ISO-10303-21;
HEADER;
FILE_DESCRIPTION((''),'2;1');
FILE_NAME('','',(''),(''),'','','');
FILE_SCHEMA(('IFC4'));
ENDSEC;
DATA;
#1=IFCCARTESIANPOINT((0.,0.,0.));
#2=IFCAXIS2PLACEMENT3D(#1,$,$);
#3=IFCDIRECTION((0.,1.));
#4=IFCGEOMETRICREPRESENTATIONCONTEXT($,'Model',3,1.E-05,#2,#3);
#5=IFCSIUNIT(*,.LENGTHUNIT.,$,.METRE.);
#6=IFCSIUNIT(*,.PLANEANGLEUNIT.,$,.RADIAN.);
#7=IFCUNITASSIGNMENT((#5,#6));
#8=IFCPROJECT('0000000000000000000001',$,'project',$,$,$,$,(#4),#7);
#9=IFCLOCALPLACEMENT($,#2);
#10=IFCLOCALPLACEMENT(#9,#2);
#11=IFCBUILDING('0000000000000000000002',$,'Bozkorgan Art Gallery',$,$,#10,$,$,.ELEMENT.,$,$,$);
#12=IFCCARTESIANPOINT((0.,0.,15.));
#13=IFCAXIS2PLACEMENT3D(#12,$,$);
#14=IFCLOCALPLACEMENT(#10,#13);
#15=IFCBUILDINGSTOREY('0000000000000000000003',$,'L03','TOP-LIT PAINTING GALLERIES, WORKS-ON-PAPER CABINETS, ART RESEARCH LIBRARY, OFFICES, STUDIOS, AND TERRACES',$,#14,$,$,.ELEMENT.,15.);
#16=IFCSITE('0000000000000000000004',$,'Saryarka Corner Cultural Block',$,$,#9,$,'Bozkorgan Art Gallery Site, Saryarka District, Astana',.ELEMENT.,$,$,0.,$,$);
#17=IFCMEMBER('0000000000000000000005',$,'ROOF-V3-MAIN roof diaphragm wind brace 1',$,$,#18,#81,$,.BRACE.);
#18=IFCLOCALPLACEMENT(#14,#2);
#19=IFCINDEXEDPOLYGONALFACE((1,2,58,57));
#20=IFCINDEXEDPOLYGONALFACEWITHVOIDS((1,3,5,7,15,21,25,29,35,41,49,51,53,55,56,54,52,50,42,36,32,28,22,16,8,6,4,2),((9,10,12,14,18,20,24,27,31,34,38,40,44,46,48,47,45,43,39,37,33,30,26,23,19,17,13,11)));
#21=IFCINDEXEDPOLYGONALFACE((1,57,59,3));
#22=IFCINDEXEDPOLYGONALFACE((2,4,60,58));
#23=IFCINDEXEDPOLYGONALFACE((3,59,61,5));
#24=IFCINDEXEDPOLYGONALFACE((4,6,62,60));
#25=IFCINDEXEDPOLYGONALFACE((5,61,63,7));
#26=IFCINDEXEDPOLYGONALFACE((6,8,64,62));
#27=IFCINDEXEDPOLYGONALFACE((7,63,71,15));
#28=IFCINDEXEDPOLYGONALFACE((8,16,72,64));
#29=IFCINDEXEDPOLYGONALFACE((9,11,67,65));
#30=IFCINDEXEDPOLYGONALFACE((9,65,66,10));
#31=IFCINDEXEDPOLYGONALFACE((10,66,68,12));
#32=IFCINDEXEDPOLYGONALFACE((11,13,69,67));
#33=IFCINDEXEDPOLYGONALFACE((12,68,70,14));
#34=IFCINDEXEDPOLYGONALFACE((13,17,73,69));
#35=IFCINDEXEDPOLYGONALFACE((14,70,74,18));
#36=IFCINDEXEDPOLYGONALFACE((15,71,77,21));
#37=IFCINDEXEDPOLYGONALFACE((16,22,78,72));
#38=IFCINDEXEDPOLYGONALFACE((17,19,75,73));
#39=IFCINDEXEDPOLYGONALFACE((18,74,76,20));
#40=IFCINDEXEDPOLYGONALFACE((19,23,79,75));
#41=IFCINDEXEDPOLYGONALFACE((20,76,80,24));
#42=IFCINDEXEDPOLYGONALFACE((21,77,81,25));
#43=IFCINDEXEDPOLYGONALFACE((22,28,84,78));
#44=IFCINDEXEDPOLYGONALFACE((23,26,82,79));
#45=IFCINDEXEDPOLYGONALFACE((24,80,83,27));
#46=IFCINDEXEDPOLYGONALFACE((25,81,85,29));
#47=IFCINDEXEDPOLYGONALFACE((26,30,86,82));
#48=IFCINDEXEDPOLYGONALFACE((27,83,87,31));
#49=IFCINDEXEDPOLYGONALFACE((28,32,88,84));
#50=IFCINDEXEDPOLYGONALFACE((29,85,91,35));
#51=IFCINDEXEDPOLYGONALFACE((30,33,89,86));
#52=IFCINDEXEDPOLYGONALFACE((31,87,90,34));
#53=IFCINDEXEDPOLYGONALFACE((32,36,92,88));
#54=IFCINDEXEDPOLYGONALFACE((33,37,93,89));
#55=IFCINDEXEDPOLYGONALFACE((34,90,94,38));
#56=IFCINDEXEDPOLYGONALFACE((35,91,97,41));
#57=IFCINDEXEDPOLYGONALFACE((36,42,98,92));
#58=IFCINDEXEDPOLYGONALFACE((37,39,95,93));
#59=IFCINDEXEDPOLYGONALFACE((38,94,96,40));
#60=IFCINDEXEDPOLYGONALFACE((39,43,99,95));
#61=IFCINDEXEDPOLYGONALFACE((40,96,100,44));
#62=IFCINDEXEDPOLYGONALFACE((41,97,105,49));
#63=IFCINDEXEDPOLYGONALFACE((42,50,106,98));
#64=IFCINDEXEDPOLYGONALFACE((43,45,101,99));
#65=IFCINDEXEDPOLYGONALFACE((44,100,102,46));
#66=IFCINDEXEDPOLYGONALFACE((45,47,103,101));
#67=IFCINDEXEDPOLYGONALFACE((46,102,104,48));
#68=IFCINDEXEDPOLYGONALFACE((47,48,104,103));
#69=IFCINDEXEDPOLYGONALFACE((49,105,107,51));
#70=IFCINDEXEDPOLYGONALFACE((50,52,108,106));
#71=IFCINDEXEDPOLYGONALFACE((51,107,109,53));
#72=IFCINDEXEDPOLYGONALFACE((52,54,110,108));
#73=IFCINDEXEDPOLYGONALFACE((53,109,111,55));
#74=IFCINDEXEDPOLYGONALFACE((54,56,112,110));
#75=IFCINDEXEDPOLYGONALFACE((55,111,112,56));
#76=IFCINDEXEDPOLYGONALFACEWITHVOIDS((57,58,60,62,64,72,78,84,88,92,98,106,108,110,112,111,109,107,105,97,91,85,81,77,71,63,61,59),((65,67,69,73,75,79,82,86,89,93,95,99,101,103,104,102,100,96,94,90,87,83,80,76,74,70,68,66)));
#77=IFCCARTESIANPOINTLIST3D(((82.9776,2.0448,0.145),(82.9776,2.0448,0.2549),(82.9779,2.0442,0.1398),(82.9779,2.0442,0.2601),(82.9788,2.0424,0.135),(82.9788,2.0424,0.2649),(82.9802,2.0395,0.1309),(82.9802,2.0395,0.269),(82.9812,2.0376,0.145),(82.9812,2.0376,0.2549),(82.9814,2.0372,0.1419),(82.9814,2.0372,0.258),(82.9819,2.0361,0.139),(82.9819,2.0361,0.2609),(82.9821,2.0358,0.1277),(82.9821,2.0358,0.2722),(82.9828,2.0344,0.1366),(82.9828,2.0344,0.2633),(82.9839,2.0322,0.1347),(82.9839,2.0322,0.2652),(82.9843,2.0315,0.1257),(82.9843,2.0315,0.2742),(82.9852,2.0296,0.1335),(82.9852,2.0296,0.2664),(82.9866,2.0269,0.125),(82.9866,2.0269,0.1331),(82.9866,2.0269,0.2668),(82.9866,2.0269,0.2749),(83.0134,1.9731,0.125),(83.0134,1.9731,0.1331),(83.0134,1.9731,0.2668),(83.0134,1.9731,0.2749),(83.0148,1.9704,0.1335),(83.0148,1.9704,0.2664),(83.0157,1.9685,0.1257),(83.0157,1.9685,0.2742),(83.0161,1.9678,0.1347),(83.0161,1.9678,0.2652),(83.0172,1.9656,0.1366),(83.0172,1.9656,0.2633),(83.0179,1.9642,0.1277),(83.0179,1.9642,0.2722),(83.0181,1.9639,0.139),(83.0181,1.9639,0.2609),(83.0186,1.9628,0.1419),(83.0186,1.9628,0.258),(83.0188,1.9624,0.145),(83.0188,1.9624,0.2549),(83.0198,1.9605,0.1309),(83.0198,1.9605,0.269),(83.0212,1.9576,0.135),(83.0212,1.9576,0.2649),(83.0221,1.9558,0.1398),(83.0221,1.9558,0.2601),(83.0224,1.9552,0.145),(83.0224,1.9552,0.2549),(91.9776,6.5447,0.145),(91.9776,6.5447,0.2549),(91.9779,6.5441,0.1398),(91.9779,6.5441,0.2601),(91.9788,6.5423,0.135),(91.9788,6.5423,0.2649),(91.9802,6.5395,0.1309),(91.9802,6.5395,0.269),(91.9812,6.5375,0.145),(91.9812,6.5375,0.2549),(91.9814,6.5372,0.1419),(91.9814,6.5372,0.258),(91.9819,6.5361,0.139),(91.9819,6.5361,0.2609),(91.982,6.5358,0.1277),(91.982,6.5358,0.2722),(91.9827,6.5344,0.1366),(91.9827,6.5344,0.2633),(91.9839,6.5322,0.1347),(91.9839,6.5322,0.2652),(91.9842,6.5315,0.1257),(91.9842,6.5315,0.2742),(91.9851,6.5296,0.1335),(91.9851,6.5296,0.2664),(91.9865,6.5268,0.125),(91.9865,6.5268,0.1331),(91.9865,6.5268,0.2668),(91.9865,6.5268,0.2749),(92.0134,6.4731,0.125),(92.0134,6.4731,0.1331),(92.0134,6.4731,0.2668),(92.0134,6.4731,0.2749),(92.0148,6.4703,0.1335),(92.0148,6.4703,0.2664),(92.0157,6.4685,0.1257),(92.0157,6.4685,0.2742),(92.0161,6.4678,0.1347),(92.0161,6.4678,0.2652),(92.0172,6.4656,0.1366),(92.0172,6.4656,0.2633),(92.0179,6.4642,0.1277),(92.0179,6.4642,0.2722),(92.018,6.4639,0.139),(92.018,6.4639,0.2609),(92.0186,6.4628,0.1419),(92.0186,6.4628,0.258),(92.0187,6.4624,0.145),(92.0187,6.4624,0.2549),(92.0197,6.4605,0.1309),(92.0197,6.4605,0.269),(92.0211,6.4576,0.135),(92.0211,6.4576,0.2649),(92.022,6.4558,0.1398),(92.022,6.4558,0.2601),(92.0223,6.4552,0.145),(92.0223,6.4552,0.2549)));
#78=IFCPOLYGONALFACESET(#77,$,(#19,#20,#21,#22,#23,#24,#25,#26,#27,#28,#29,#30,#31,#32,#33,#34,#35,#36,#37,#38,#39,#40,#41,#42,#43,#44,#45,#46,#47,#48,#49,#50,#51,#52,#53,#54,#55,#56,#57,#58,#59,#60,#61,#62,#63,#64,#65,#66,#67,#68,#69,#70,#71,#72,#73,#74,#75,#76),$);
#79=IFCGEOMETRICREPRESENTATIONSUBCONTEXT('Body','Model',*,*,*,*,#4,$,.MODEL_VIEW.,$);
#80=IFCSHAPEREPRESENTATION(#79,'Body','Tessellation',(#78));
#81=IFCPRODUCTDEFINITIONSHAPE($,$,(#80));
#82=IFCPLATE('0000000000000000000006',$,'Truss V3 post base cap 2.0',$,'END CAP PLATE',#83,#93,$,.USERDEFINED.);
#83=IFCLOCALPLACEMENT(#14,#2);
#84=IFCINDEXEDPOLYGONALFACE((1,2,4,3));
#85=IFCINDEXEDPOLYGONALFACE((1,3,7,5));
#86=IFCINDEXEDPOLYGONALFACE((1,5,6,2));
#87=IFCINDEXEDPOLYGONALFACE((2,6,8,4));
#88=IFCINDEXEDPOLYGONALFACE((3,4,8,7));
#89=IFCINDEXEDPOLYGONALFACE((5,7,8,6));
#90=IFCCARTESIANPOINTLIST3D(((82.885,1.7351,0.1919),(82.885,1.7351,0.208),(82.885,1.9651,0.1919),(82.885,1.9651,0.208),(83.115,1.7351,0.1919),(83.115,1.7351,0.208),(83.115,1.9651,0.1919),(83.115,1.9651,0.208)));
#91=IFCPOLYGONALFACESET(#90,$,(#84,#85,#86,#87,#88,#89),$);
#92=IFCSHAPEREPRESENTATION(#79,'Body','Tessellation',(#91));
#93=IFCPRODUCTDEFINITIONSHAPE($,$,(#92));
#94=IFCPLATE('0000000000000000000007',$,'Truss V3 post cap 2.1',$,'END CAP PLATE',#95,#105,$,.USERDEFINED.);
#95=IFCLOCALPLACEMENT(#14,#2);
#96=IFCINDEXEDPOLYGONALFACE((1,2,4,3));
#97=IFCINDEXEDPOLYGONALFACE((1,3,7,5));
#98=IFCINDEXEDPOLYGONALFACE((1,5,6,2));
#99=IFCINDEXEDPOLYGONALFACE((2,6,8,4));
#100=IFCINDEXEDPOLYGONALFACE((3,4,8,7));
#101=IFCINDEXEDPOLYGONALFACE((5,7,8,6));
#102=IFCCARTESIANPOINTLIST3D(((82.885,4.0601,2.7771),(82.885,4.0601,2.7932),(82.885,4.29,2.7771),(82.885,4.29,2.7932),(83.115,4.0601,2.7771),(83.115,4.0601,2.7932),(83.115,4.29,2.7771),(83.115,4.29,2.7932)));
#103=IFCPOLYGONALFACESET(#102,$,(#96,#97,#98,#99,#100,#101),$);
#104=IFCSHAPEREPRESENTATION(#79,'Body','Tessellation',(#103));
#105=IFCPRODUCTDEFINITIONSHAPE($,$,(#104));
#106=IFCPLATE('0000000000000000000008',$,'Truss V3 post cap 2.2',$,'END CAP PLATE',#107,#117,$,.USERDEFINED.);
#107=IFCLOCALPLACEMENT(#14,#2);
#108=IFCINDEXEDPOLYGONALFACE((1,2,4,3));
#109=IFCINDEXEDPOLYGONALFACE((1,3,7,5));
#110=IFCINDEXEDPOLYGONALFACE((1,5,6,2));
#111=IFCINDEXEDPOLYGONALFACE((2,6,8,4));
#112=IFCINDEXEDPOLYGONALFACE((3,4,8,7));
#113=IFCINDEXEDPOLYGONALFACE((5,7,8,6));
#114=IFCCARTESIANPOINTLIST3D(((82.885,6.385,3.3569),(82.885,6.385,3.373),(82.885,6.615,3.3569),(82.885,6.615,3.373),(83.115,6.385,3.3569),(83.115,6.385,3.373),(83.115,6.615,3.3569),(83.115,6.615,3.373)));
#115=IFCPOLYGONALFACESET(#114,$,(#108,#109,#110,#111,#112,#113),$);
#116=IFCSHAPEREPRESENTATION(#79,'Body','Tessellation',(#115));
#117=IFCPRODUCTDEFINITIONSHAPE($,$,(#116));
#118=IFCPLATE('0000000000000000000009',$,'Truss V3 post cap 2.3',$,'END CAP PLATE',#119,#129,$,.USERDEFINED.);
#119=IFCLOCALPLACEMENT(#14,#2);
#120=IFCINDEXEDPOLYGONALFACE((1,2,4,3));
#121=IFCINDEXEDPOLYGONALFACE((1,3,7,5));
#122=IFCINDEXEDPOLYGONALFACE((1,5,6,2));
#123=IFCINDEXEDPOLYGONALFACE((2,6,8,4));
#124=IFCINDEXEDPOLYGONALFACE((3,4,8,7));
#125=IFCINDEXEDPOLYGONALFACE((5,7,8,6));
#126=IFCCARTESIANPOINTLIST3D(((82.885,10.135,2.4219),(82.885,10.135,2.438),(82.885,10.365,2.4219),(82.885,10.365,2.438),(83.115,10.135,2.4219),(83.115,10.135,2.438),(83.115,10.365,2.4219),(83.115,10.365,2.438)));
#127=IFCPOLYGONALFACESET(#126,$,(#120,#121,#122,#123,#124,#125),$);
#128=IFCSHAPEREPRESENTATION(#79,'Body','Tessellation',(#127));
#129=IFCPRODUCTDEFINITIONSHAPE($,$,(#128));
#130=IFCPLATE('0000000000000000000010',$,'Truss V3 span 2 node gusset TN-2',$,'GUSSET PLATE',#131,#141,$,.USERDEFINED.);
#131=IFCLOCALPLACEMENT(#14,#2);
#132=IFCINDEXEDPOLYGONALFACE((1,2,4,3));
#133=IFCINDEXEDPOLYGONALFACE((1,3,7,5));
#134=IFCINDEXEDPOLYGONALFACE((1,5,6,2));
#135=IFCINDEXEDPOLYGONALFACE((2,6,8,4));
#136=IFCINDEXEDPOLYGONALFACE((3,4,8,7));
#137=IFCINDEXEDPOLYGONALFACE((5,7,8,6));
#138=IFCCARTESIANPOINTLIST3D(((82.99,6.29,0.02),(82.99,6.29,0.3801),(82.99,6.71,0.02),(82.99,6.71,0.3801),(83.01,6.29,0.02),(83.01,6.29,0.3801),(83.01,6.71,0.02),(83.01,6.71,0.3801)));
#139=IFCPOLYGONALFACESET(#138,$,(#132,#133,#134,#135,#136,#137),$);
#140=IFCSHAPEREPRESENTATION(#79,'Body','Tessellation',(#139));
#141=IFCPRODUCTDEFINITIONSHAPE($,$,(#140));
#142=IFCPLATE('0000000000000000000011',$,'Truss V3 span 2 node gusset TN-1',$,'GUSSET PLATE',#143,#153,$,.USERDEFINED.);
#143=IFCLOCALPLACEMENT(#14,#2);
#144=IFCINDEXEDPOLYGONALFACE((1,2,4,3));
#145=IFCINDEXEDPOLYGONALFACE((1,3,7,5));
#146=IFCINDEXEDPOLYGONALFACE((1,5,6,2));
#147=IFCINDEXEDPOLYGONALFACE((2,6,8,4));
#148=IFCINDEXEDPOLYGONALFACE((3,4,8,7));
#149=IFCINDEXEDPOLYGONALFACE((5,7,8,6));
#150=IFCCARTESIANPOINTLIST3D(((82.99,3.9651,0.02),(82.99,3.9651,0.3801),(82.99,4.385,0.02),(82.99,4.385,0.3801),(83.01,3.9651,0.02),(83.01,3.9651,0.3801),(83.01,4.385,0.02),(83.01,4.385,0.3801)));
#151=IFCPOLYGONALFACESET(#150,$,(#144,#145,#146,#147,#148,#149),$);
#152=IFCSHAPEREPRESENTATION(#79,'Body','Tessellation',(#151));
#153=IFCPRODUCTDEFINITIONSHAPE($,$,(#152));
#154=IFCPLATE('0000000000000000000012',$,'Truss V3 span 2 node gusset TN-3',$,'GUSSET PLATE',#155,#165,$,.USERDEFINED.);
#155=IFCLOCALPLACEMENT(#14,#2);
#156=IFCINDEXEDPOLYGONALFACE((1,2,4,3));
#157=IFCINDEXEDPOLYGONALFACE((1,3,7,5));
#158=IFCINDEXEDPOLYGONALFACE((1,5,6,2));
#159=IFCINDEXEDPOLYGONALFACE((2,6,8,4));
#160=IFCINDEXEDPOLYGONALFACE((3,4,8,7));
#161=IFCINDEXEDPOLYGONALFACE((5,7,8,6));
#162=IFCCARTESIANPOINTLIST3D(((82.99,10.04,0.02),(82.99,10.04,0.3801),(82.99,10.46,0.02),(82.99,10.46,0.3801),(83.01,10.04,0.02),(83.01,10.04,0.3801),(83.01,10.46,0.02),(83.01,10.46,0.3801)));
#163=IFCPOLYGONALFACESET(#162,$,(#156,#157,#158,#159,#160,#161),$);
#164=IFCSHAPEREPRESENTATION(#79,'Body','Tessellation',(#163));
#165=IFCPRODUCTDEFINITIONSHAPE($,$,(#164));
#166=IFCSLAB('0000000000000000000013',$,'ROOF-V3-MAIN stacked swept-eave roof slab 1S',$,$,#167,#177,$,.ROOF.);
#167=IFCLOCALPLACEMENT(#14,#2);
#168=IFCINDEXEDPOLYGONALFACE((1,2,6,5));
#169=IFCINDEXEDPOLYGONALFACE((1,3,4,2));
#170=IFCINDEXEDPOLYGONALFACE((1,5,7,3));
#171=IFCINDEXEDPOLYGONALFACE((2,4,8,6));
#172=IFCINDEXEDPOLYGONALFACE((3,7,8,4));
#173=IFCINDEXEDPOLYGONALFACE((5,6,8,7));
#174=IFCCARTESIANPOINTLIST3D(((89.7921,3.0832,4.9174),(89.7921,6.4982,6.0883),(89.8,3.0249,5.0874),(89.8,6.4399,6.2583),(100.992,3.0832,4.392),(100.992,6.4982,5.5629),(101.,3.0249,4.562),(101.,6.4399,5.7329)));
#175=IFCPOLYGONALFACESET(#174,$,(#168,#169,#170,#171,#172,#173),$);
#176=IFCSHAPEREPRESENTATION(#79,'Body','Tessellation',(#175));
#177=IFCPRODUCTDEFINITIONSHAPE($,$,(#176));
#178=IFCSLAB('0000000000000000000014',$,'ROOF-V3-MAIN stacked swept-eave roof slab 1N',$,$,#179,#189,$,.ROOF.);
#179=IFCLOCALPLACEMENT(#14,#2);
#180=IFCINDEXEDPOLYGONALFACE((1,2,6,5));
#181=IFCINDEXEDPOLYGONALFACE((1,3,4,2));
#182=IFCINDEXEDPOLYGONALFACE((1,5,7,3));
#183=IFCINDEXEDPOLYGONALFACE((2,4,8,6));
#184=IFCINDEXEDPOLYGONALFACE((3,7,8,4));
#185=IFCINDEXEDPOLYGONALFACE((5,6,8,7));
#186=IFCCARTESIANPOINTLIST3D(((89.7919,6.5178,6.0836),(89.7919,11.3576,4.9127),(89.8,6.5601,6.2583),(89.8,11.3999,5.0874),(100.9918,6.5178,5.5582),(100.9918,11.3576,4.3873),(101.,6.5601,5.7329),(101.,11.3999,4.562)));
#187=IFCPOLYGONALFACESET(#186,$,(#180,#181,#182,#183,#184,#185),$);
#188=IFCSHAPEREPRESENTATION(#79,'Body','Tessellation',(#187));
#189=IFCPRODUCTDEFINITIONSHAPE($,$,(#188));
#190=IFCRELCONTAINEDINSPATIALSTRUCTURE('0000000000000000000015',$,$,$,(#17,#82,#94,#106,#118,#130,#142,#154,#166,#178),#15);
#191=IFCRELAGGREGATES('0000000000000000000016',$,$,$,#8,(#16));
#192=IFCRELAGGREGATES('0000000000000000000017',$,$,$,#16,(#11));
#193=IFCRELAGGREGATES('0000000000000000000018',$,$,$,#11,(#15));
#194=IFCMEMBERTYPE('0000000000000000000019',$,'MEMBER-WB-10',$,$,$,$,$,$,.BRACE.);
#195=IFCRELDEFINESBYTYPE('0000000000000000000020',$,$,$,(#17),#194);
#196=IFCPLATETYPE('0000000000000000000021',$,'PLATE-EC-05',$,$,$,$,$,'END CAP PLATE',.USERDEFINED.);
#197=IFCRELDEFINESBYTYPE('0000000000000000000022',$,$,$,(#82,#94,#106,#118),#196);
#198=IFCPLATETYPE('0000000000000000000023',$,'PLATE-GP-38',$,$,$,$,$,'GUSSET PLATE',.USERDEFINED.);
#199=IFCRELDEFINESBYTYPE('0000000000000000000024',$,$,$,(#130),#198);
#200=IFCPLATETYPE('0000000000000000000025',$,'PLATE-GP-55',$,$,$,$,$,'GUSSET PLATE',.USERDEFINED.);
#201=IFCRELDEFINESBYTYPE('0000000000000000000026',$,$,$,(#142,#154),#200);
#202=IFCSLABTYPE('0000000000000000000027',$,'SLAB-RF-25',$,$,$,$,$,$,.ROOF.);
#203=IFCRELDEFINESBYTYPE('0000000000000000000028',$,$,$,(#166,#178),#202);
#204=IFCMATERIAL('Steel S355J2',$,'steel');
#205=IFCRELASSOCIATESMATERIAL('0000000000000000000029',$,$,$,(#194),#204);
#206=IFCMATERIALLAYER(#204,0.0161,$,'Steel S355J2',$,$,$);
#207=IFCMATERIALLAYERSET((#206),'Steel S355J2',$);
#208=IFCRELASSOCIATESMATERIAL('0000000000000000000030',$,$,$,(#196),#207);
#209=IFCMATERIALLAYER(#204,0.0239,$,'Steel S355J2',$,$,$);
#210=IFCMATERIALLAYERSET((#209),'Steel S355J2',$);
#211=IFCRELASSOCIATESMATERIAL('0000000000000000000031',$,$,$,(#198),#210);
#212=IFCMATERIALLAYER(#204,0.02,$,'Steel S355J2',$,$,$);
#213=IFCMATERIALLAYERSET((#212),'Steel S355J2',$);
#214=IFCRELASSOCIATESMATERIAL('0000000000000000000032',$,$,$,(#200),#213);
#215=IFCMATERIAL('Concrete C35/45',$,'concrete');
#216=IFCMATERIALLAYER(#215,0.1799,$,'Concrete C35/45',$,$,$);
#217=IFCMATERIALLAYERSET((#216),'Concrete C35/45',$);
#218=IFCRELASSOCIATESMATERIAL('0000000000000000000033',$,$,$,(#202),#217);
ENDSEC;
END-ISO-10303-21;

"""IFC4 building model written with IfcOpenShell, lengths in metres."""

from ifc_helpers import new_model, si_unit, direction, frame, origin, origin_2d, place, context, subcontext, project, spatial, polyline, rectangle, hollow_rectangle, outline, extrude, material, layer, layer_set, material_profile, profile_set, type_object, element, save


model = new_model("IFC4")

# Units and contexts
model_context = context("Model", 3, precision=1e-05, world=origin(), true_north=direction((0.0, 1.0)))
body_context = subcontext(model_context, "Body", "Model", "MODEL_VIEW")
ifc_project = project(units=[si_unit("LENGTHUNIT", "METRE"), si_unit("PLANEANGLEUNIT", "RADIAN")], contexts=[model_context])

# Site, building, storey
site_placement = place(None, origin())
site = spatial("IfcSite", under=ifc_project, at=site_placement, Name="Saryarka Corner Cultural Block", LongName="Bozkorgan Art Gallery Site, Saryarka District, Astana", CompositionType="ELEMENT", RefElevation=0.0)
building_placement = place(site_placement, origin())
building = spatial("IfcBuilding", under=site, at=building_placement, Name="Bozkorgan Art Gallery", CompositionType="ELEMENT")
storey_placement = place(building_placement, frame((0.0, 0.0, 15.0)))
storey = spatial("IfcBuildingStorey", under=building, at=storey_placement, Name="L03", Description="TOP-LIT PAINTING GALLERIES, WORKS-ON-PAPER CABINETS, ART RESEARCH LIBRARY, OFFICES, STUDIOS, AND TERRACES", CompositionType="ELEMENT", Elevation=15.0)

# Shared definitions
ifc_material_1 = material(Name="Steel S355J2", Category="steel")

# Member
ifc_material_profile_1 = material_profile(ifc_material_1, hollow_rectangle(XDim=0.1001, YDim=0.1499, WallThickness=0.0081, InnerFilletRadius=0.012, OuterFilletRadius=0.02, at=origin_2d()), Name="RHS 150x100x8")
ifc_profile_set_1 = profile_set([ifc_material_profile_1], Name="Steel S355J2")
member_type_1 = type_object("IfcMemberType", Name="MEMBER-WB-10", PredefinedType="BRACE", material=ifc_profile_set_1)
member_1_placement = place(storey_placement, frame((83.0, 2.0, 0.2), z_axis=(0.894427, 0.447214, 0.0), x_axis=(-0.447214, 0.894427, 0.0)))
element("IfcMember", 1, at=member_1_placement, inside=storey, type_object=member_type_1, Name="ROOF-V3-MAIN roof diaphragm wind brace 1", PredefinedType="BRACE", context=body_context, shape_type="SweptSolid", body=[
    extrude(hollow_rectangle(XDim=0.1001, YDim=0.1499, WallThickness=0.0081, InnerFilletRadius=0.012, OuterFilletRadius=0.02, at=origin_2d()), origin(), (0.0, 0.0, 1.0), 10.0623),
])

# Plates
ifc_layer_1 = layer(ifc_material_1, 0.0161, Name="Steel S355J2")
ifc_layer_set_1 = layer_set([ifc_layer_1], Name="Steel S355J2")
plate_type_1 = type_object("IfcPlateType", Name="PLATE-EC-05", ElementType="END CAP PLATE", PredefinedType="USERDEFINED", material=ifc_layer_set_1)
for number, where, z_axis, x_axis, name in (
    (2, (83.0, 1.8501, 0.1919), (0.0, 0.0, 1.0), (1.0, 0.0, 0.0), "Truss V3 post base cap 2.0"),
    (3, (83.0, 4.175, 2.7771), (0.0, 0.0, 1.0), (1.0, 0.0, 0.0), "Truss V3 post cap 2.1"),
    (4, (83.0, 6.5, 3.3569), (0.0, 0.0, 1.0), (1.0, 0.0, 0.0), "Truss V3 post cap 2.2"),
    (5, (83.0, 10.25, 2.4219), (0.0, 0.0, 1.0), (1.0, 0.0, 0.0), "Truss V3 post cap 2.3"),
):
    element("IfcPlate", number, at=place(storey_placement, frame(where, z_axis=z_axis, x_axis=x_axis)), inside=storey, type_object=plate_type_1, Name=name, ObjectType="END CAP PLATE", PredefinedType="USERDEFINED", context=body_context, shape_type="SweptSolid", body=[
        extrude(rectangle(XDim=0.23, YDim=0.23, at=origin_2d()), origin(), (0.0, 0.0, 1.0), 0.0161),
    ])
ifc_layer_2 = layer(ifc_material_1, 0.0239, Name="Steel S355J2")
ifc_layer_set_2 = layer_set([ifc_layer_2], Name="Steel S355J2")
plate_type_2 = type_object("IfcPlateType", Name="PLATE-GP-38", ElementType="GUSSET PLATE", PredefinedType="USERDEFINED", material=ifc_layer_set_2)
plate_placement = place(storey_placement, frame((83.0, 6.5, 0.02), z_axis=(0.0, 0.0, 1.0), x_axis=(1.0, 0.0, 0.0)))
element("IfcPlate", 6, at=plate_placement, inside=storey, type_object=plate_type_2, Name="Truss V3 span 2 node gusset TN-2", ObjectType="GUSSET PLATE", PredefinedType="USERDEFINED", context=body_context, shape_type="SweptSolid", body=[
    extrude(rectangle(XDim=0.02, YDim=0.4199, at=origin_2d()), origin(), (0.0, 0.0, 1.0), 0.3601),
])
ifc_layer_3 = layer(ifc_material_1, 0.02, Name="Steel S355J2")
ifc_layer_set_3 = layer_set([ifc_layer_3], Name="Steel S355J2")
plate_type_3 = type_object("IfcPlateType", Name="PLATE-GP-55", ElementType="GUSSET PLATE", PredefinedType="USERDEFINED", material=ifc_layer_set_3)
for number, where, z_axis, x_axis, name in (
    (7, (83.0, 4.175, 0.02), (0.0, 0.0, 1.0), (1.0, 0.0, 0.0), "Truss V3 span 2 node gusset TN-1"),
    (8, (83.0, 10.25, 0.02), (0.0, 0.0, 1.0), (1.0, 0.0, 0.0), "Truss V3 span 2 node gusset TN-3"),
):
    element("IfcPlate", number, at=place(storey_placement, frame(where, z_axis=z_axis, x_axis=x_axis)), inside=storey, type_object=plate_type_3, Name=name, ObjectType="GUSSET PLATE", PredefinedType="USERDEFINED", context=body_context, shape_type="SweptSolid", body=[
        extrude(rectangle(XDim=0.02, YDim=0.4199, at=origin_2d()), origin(), (0.0, 0.0, 1.0), 0.3601),
    ])

# Slabs
ifc_material_2 = material(Name="Concrete C35/45", Category="concrete")
ifc_layer_4 = layer(ifc_material_2, 0.1799, Name="Concrete C35/45")
ifc_layer_set_4 = layer_set([ifc_layer_4], Name="Concrete C35/45")
slab_type_1 = type_object("IfcSlabType", Name="SLAB-RF-25", PredefinedType="ROOF", material=ifc_layer_set_4)
slab_1_placement = place(storey_placement, frame((89.8, 3.0249, 5.0874), z_axis=(0.044331, -0.324012, 0.945014), x_axis=(0.998902, 0.0, -0.046859)))
element("IfcSlab", 9, at=slab_1_placement, inside=storey, type_object=slab_type_1, Name="ROOF-V3-MAIN stacked swept-eave roof slab 1S", PredefinedType="ROOF", context=body_context, shape_type="SweptSolid", body=[
    extrude(outline(polyline([(0.0, 0.0), (11.2123, 0.0), (11.1574, 3.6098), (-0.0549, 3.6098), (0.0, 0.0)])), origin(), (0.0, 0.0, -1.0), 0.1799),
])
slab_2_placement = place(storey_placement, frame((89.8, 6.5601, 6.2583), z_axis=(0.045547, 0.234901, 0.970951), x_axis=(0.998902, 0.0, -0.046859)))
element("IfcSlab", 10, at=slab_2_placement, inside=storey, type_object=slab_type_1, Name="ROOF-V3-MAIN stacked swept-eave roof slab 1N", PredefinedType="ROOF", context=body_context, shape_type="SweptSolid", body=[
    extrude(outline(polyline([(0.0, 0.0), (11.2123, 0.0), (11.2671, 4.9792), (0.0549, 4.9792), (0.0, 0.0)])), origin(), (0.0, 0.0, -1.0), 0.1799),
])

save(model, "model.ifc")
